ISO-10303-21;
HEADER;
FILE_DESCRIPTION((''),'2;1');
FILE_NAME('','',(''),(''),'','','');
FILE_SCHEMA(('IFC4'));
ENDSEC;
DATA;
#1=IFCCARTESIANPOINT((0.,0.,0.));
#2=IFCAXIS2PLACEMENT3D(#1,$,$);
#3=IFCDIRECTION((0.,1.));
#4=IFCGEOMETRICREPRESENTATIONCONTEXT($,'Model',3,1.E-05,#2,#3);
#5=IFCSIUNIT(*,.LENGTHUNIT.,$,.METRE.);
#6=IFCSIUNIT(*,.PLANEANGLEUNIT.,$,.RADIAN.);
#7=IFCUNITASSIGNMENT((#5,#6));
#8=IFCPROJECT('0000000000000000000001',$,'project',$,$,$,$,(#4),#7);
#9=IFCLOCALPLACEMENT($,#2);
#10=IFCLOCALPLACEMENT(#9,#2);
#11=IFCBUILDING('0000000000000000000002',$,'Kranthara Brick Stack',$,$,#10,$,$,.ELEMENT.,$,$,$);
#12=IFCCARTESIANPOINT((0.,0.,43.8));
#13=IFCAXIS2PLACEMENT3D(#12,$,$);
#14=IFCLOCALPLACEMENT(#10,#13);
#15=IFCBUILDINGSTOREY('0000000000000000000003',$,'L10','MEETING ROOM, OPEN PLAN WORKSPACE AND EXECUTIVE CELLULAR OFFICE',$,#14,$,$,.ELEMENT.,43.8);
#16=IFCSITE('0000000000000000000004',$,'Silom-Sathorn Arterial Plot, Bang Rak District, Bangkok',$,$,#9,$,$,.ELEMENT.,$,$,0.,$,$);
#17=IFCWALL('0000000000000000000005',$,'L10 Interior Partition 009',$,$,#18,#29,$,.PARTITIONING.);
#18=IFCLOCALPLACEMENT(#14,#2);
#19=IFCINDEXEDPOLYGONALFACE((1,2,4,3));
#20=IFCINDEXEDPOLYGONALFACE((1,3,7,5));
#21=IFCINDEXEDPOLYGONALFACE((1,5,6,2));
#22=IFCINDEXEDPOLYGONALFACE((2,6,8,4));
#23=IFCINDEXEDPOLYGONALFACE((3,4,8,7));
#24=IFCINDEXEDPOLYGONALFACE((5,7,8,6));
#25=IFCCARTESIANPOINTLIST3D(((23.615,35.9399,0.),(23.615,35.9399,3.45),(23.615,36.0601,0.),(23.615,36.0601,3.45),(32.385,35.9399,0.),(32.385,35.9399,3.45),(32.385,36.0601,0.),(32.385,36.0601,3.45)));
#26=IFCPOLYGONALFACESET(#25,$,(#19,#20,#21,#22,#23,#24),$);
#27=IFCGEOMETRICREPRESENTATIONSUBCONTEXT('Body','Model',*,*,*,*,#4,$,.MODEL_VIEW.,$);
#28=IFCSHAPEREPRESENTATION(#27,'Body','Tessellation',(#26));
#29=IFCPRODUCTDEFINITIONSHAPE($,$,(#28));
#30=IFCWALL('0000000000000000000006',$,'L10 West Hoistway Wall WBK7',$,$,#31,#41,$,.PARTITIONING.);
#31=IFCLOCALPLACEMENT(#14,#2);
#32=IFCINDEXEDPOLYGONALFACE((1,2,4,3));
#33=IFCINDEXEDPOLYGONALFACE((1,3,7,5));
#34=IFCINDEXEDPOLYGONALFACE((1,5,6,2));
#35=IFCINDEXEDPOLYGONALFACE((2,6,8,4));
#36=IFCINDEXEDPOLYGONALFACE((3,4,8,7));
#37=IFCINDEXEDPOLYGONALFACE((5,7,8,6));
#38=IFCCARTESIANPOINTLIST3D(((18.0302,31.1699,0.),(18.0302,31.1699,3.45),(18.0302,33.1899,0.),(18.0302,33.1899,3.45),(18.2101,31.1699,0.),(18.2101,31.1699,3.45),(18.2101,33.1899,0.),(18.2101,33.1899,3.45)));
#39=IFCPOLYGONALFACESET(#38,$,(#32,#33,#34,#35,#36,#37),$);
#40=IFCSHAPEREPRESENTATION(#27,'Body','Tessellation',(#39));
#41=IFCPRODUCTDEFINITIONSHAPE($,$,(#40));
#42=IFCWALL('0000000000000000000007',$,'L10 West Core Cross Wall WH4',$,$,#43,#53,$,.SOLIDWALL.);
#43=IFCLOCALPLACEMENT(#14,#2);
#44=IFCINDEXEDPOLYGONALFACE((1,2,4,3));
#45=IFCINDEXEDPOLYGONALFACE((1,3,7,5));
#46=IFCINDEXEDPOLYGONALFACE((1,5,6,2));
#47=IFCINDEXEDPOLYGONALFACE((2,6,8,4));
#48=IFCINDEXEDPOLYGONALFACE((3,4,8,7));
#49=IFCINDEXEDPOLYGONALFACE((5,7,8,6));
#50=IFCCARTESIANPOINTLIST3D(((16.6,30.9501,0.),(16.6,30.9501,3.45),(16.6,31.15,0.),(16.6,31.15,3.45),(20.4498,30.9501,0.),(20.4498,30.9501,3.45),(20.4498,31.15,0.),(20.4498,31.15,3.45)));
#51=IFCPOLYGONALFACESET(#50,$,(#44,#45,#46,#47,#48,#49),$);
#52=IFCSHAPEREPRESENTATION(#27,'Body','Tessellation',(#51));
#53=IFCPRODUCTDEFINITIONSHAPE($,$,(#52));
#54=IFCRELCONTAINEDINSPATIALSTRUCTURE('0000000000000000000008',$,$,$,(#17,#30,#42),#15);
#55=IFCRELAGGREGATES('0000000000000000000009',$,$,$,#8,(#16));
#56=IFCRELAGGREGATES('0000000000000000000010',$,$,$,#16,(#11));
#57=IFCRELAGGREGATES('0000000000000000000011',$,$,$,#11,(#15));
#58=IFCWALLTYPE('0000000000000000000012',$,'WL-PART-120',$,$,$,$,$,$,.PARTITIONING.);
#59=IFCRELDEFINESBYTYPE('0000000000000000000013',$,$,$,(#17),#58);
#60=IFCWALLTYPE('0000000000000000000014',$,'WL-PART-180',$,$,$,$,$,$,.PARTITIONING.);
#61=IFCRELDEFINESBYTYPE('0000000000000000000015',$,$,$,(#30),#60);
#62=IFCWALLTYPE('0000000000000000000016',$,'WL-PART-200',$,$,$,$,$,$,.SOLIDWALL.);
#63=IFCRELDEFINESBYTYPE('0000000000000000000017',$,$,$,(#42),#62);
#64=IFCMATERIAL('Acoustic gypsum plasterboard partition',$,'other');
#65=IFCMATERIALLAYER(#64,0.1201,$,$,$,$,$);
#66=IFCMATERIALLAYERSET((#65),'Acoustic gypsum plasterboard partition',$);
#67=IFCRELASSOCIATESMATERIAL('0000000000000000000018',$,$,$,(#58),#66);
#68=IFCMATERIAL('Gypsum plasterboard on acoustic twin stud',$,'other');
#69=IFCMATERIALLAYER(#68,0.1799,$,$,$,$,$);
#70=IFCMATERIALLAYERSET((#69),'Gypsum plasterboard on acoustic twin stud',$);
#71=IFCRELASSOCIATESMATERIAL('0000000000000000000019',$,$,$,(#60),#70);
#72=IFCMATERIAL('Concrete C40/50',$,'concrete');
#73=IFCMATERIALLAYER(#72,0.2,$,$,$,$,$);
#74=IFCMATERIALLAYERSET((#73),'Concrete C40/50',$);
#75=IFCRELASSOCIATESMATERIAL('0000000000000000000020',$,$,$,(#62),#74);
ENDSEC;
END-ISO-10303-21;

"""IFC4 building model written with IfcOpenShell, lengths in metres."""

from ifc_helpers import new_model, si_unit, direction, frame, frame_2d, origin, place, context, subcontext, project, spatial, rectangle, extrude, material, layer, layer_set, type_object, element, save


model = new_model("IFC4")

# Units and contexts
model_context = context("Model", 3, precision=1e-05, world=origin(), true_north=direction((0.0, 1.0)))
body_context = subcontext(model_context, "Body", "Model", "MODEL_VIEW")
ifc_project = project(units=[si_unit("LENGTHUNIT", "METRE"), si_unit("PLANEANGLEUNIT", "RADIAN")], contexts=[model_context])

# Site, building, storey
site_placement = place(None, origin())
site = spatial("IfcSite", under=ifc_project, at=site_placement, Name="Silom-Sathorn Arterial Plot, Bang Rak District, Bangkok", CompositionType="ELEMENT", RefElevation=0.0)
building_placement = place(site_placement, origin())
building = spatial("IfcBuilding", under=site, at=building_placement, Name="Kranthara Brick Stack", CompositionType="ELEMENT")
storey_placement = place(building_placement, frame((0.0, 0.0, 43.8)))
storey = spatial("IfcBuildingStorey", under=building, at=storey_placement, Name="L10", Description="MEETING ROOM, OPEN PLAN WORKSPACE AND EXECUTIVE CELLULAR OFFICE", CompositionType="ELEMENT", Elevation=43.8)

# Walls
ifc_material_1 = material(Name="Acoustic gypsum plasterboard partition", Category="other")
ifc_layer_1 = layer(ifc_material_1, 0.1201)
ifc_layer_set_1 = layer_set([ifc_layer_1], Name="Acoustic gypsum plasterboard partition")
wall_type_1 = type_object("IfcWallType", Name="WL-PART-120", PredefinedType="PARTITIONING", material=ifc_layer_set_1)
wall_1_placement = place(storey_placement, frame((23.615, 36.0, 0.0), z_axis=(0.0, 0.0, 1.0), x_axis=(1.0, 0.0, 0.0)))
element("IfcWall", 1, at=wall_1_placement, inside=storey, type_object=wall_type_1, Name="L10 Interior Partition 009", PredefinedType="PARTITIONING", context=body_context, shape_type="SweptSolid", body=[
    extrude(rectangle(XDim=8.77, YDim=0.1201, at=frame_2d((4.385, 0.0))), origin(), (0.0, 0.0, 1.0), 3.45),
])
ifc_material_2 = material(Name="Gypsum plasterboard on acoustic twin stud", Category="other")
ifc_layer_2 = layer(ifc_material_2, 0.1799)
ifc_layer_set_2 = layer_set([ifc_layer_2], Name="Gypsum plasterboard on acoustic twin stud")
wall_type_2 = type_object("IfcWallType", Name="WL-PART-180", PredefinedType="PARTITIONING", material=ifc_layer_set_2)
wall_2_placement = place(storey_placement, frame((18.1201, 31.1699, 0.0), z_axis=(0.0, 0.0, 1.0), x_axis=(0.0, 1.0, 0.0)))
element("IfcWall", 2, at=wall_2_placement, inside=storey, type_object=wall_type_2, Name="L10 West Hoistway Wall WBK7", PredefinedType="PARTITIONING", context=body_context, shape_type="SweptSolid", body=[
    extrude(rectangle(XDim=2.02, YDim=0.1799, at=frame_2d((1.01, 0.0))), origin(), (0.0, 0.0, 1.0), 3.45),
])
ifc_material_3 = material(Name="Concrete C40/50", Category="concrete")
ifc_layer_3 = layer(ifc_material_3, 0.2)
ifc_layer_set_3 = layer_set([ifc_layer_3], Name="Concrete C40/50")
wall_type_3 = type_object("IfcWallType", Name="WL-PART-200", PredefinedType="SOLIDWALL", material=ifc_layer_set_3)
wall_3_placement = place(storey_placement, frame((16.6001, 31.05, 0.0), z_axis=(0.0, 0.0, 1.0), x_axis=(1.0, 0.0, 0.0)))
element("IfcWall", 3, at=wall_3_placement, inside=storey, type_object=wall_type_3, Name="L10 West Core Cross Wall WH4", PredefinedType="SOLIDWALL", context=body_context, shape_type="SweptSolid", body=[
    extrude(rectangle(XDim=3.8499, YDim=0.2, at=frame_2d((1.9248, 0.0))), origin(), (0.0, 0.0, 1.0), 3.45),
])

save(model, "model.ifc")
